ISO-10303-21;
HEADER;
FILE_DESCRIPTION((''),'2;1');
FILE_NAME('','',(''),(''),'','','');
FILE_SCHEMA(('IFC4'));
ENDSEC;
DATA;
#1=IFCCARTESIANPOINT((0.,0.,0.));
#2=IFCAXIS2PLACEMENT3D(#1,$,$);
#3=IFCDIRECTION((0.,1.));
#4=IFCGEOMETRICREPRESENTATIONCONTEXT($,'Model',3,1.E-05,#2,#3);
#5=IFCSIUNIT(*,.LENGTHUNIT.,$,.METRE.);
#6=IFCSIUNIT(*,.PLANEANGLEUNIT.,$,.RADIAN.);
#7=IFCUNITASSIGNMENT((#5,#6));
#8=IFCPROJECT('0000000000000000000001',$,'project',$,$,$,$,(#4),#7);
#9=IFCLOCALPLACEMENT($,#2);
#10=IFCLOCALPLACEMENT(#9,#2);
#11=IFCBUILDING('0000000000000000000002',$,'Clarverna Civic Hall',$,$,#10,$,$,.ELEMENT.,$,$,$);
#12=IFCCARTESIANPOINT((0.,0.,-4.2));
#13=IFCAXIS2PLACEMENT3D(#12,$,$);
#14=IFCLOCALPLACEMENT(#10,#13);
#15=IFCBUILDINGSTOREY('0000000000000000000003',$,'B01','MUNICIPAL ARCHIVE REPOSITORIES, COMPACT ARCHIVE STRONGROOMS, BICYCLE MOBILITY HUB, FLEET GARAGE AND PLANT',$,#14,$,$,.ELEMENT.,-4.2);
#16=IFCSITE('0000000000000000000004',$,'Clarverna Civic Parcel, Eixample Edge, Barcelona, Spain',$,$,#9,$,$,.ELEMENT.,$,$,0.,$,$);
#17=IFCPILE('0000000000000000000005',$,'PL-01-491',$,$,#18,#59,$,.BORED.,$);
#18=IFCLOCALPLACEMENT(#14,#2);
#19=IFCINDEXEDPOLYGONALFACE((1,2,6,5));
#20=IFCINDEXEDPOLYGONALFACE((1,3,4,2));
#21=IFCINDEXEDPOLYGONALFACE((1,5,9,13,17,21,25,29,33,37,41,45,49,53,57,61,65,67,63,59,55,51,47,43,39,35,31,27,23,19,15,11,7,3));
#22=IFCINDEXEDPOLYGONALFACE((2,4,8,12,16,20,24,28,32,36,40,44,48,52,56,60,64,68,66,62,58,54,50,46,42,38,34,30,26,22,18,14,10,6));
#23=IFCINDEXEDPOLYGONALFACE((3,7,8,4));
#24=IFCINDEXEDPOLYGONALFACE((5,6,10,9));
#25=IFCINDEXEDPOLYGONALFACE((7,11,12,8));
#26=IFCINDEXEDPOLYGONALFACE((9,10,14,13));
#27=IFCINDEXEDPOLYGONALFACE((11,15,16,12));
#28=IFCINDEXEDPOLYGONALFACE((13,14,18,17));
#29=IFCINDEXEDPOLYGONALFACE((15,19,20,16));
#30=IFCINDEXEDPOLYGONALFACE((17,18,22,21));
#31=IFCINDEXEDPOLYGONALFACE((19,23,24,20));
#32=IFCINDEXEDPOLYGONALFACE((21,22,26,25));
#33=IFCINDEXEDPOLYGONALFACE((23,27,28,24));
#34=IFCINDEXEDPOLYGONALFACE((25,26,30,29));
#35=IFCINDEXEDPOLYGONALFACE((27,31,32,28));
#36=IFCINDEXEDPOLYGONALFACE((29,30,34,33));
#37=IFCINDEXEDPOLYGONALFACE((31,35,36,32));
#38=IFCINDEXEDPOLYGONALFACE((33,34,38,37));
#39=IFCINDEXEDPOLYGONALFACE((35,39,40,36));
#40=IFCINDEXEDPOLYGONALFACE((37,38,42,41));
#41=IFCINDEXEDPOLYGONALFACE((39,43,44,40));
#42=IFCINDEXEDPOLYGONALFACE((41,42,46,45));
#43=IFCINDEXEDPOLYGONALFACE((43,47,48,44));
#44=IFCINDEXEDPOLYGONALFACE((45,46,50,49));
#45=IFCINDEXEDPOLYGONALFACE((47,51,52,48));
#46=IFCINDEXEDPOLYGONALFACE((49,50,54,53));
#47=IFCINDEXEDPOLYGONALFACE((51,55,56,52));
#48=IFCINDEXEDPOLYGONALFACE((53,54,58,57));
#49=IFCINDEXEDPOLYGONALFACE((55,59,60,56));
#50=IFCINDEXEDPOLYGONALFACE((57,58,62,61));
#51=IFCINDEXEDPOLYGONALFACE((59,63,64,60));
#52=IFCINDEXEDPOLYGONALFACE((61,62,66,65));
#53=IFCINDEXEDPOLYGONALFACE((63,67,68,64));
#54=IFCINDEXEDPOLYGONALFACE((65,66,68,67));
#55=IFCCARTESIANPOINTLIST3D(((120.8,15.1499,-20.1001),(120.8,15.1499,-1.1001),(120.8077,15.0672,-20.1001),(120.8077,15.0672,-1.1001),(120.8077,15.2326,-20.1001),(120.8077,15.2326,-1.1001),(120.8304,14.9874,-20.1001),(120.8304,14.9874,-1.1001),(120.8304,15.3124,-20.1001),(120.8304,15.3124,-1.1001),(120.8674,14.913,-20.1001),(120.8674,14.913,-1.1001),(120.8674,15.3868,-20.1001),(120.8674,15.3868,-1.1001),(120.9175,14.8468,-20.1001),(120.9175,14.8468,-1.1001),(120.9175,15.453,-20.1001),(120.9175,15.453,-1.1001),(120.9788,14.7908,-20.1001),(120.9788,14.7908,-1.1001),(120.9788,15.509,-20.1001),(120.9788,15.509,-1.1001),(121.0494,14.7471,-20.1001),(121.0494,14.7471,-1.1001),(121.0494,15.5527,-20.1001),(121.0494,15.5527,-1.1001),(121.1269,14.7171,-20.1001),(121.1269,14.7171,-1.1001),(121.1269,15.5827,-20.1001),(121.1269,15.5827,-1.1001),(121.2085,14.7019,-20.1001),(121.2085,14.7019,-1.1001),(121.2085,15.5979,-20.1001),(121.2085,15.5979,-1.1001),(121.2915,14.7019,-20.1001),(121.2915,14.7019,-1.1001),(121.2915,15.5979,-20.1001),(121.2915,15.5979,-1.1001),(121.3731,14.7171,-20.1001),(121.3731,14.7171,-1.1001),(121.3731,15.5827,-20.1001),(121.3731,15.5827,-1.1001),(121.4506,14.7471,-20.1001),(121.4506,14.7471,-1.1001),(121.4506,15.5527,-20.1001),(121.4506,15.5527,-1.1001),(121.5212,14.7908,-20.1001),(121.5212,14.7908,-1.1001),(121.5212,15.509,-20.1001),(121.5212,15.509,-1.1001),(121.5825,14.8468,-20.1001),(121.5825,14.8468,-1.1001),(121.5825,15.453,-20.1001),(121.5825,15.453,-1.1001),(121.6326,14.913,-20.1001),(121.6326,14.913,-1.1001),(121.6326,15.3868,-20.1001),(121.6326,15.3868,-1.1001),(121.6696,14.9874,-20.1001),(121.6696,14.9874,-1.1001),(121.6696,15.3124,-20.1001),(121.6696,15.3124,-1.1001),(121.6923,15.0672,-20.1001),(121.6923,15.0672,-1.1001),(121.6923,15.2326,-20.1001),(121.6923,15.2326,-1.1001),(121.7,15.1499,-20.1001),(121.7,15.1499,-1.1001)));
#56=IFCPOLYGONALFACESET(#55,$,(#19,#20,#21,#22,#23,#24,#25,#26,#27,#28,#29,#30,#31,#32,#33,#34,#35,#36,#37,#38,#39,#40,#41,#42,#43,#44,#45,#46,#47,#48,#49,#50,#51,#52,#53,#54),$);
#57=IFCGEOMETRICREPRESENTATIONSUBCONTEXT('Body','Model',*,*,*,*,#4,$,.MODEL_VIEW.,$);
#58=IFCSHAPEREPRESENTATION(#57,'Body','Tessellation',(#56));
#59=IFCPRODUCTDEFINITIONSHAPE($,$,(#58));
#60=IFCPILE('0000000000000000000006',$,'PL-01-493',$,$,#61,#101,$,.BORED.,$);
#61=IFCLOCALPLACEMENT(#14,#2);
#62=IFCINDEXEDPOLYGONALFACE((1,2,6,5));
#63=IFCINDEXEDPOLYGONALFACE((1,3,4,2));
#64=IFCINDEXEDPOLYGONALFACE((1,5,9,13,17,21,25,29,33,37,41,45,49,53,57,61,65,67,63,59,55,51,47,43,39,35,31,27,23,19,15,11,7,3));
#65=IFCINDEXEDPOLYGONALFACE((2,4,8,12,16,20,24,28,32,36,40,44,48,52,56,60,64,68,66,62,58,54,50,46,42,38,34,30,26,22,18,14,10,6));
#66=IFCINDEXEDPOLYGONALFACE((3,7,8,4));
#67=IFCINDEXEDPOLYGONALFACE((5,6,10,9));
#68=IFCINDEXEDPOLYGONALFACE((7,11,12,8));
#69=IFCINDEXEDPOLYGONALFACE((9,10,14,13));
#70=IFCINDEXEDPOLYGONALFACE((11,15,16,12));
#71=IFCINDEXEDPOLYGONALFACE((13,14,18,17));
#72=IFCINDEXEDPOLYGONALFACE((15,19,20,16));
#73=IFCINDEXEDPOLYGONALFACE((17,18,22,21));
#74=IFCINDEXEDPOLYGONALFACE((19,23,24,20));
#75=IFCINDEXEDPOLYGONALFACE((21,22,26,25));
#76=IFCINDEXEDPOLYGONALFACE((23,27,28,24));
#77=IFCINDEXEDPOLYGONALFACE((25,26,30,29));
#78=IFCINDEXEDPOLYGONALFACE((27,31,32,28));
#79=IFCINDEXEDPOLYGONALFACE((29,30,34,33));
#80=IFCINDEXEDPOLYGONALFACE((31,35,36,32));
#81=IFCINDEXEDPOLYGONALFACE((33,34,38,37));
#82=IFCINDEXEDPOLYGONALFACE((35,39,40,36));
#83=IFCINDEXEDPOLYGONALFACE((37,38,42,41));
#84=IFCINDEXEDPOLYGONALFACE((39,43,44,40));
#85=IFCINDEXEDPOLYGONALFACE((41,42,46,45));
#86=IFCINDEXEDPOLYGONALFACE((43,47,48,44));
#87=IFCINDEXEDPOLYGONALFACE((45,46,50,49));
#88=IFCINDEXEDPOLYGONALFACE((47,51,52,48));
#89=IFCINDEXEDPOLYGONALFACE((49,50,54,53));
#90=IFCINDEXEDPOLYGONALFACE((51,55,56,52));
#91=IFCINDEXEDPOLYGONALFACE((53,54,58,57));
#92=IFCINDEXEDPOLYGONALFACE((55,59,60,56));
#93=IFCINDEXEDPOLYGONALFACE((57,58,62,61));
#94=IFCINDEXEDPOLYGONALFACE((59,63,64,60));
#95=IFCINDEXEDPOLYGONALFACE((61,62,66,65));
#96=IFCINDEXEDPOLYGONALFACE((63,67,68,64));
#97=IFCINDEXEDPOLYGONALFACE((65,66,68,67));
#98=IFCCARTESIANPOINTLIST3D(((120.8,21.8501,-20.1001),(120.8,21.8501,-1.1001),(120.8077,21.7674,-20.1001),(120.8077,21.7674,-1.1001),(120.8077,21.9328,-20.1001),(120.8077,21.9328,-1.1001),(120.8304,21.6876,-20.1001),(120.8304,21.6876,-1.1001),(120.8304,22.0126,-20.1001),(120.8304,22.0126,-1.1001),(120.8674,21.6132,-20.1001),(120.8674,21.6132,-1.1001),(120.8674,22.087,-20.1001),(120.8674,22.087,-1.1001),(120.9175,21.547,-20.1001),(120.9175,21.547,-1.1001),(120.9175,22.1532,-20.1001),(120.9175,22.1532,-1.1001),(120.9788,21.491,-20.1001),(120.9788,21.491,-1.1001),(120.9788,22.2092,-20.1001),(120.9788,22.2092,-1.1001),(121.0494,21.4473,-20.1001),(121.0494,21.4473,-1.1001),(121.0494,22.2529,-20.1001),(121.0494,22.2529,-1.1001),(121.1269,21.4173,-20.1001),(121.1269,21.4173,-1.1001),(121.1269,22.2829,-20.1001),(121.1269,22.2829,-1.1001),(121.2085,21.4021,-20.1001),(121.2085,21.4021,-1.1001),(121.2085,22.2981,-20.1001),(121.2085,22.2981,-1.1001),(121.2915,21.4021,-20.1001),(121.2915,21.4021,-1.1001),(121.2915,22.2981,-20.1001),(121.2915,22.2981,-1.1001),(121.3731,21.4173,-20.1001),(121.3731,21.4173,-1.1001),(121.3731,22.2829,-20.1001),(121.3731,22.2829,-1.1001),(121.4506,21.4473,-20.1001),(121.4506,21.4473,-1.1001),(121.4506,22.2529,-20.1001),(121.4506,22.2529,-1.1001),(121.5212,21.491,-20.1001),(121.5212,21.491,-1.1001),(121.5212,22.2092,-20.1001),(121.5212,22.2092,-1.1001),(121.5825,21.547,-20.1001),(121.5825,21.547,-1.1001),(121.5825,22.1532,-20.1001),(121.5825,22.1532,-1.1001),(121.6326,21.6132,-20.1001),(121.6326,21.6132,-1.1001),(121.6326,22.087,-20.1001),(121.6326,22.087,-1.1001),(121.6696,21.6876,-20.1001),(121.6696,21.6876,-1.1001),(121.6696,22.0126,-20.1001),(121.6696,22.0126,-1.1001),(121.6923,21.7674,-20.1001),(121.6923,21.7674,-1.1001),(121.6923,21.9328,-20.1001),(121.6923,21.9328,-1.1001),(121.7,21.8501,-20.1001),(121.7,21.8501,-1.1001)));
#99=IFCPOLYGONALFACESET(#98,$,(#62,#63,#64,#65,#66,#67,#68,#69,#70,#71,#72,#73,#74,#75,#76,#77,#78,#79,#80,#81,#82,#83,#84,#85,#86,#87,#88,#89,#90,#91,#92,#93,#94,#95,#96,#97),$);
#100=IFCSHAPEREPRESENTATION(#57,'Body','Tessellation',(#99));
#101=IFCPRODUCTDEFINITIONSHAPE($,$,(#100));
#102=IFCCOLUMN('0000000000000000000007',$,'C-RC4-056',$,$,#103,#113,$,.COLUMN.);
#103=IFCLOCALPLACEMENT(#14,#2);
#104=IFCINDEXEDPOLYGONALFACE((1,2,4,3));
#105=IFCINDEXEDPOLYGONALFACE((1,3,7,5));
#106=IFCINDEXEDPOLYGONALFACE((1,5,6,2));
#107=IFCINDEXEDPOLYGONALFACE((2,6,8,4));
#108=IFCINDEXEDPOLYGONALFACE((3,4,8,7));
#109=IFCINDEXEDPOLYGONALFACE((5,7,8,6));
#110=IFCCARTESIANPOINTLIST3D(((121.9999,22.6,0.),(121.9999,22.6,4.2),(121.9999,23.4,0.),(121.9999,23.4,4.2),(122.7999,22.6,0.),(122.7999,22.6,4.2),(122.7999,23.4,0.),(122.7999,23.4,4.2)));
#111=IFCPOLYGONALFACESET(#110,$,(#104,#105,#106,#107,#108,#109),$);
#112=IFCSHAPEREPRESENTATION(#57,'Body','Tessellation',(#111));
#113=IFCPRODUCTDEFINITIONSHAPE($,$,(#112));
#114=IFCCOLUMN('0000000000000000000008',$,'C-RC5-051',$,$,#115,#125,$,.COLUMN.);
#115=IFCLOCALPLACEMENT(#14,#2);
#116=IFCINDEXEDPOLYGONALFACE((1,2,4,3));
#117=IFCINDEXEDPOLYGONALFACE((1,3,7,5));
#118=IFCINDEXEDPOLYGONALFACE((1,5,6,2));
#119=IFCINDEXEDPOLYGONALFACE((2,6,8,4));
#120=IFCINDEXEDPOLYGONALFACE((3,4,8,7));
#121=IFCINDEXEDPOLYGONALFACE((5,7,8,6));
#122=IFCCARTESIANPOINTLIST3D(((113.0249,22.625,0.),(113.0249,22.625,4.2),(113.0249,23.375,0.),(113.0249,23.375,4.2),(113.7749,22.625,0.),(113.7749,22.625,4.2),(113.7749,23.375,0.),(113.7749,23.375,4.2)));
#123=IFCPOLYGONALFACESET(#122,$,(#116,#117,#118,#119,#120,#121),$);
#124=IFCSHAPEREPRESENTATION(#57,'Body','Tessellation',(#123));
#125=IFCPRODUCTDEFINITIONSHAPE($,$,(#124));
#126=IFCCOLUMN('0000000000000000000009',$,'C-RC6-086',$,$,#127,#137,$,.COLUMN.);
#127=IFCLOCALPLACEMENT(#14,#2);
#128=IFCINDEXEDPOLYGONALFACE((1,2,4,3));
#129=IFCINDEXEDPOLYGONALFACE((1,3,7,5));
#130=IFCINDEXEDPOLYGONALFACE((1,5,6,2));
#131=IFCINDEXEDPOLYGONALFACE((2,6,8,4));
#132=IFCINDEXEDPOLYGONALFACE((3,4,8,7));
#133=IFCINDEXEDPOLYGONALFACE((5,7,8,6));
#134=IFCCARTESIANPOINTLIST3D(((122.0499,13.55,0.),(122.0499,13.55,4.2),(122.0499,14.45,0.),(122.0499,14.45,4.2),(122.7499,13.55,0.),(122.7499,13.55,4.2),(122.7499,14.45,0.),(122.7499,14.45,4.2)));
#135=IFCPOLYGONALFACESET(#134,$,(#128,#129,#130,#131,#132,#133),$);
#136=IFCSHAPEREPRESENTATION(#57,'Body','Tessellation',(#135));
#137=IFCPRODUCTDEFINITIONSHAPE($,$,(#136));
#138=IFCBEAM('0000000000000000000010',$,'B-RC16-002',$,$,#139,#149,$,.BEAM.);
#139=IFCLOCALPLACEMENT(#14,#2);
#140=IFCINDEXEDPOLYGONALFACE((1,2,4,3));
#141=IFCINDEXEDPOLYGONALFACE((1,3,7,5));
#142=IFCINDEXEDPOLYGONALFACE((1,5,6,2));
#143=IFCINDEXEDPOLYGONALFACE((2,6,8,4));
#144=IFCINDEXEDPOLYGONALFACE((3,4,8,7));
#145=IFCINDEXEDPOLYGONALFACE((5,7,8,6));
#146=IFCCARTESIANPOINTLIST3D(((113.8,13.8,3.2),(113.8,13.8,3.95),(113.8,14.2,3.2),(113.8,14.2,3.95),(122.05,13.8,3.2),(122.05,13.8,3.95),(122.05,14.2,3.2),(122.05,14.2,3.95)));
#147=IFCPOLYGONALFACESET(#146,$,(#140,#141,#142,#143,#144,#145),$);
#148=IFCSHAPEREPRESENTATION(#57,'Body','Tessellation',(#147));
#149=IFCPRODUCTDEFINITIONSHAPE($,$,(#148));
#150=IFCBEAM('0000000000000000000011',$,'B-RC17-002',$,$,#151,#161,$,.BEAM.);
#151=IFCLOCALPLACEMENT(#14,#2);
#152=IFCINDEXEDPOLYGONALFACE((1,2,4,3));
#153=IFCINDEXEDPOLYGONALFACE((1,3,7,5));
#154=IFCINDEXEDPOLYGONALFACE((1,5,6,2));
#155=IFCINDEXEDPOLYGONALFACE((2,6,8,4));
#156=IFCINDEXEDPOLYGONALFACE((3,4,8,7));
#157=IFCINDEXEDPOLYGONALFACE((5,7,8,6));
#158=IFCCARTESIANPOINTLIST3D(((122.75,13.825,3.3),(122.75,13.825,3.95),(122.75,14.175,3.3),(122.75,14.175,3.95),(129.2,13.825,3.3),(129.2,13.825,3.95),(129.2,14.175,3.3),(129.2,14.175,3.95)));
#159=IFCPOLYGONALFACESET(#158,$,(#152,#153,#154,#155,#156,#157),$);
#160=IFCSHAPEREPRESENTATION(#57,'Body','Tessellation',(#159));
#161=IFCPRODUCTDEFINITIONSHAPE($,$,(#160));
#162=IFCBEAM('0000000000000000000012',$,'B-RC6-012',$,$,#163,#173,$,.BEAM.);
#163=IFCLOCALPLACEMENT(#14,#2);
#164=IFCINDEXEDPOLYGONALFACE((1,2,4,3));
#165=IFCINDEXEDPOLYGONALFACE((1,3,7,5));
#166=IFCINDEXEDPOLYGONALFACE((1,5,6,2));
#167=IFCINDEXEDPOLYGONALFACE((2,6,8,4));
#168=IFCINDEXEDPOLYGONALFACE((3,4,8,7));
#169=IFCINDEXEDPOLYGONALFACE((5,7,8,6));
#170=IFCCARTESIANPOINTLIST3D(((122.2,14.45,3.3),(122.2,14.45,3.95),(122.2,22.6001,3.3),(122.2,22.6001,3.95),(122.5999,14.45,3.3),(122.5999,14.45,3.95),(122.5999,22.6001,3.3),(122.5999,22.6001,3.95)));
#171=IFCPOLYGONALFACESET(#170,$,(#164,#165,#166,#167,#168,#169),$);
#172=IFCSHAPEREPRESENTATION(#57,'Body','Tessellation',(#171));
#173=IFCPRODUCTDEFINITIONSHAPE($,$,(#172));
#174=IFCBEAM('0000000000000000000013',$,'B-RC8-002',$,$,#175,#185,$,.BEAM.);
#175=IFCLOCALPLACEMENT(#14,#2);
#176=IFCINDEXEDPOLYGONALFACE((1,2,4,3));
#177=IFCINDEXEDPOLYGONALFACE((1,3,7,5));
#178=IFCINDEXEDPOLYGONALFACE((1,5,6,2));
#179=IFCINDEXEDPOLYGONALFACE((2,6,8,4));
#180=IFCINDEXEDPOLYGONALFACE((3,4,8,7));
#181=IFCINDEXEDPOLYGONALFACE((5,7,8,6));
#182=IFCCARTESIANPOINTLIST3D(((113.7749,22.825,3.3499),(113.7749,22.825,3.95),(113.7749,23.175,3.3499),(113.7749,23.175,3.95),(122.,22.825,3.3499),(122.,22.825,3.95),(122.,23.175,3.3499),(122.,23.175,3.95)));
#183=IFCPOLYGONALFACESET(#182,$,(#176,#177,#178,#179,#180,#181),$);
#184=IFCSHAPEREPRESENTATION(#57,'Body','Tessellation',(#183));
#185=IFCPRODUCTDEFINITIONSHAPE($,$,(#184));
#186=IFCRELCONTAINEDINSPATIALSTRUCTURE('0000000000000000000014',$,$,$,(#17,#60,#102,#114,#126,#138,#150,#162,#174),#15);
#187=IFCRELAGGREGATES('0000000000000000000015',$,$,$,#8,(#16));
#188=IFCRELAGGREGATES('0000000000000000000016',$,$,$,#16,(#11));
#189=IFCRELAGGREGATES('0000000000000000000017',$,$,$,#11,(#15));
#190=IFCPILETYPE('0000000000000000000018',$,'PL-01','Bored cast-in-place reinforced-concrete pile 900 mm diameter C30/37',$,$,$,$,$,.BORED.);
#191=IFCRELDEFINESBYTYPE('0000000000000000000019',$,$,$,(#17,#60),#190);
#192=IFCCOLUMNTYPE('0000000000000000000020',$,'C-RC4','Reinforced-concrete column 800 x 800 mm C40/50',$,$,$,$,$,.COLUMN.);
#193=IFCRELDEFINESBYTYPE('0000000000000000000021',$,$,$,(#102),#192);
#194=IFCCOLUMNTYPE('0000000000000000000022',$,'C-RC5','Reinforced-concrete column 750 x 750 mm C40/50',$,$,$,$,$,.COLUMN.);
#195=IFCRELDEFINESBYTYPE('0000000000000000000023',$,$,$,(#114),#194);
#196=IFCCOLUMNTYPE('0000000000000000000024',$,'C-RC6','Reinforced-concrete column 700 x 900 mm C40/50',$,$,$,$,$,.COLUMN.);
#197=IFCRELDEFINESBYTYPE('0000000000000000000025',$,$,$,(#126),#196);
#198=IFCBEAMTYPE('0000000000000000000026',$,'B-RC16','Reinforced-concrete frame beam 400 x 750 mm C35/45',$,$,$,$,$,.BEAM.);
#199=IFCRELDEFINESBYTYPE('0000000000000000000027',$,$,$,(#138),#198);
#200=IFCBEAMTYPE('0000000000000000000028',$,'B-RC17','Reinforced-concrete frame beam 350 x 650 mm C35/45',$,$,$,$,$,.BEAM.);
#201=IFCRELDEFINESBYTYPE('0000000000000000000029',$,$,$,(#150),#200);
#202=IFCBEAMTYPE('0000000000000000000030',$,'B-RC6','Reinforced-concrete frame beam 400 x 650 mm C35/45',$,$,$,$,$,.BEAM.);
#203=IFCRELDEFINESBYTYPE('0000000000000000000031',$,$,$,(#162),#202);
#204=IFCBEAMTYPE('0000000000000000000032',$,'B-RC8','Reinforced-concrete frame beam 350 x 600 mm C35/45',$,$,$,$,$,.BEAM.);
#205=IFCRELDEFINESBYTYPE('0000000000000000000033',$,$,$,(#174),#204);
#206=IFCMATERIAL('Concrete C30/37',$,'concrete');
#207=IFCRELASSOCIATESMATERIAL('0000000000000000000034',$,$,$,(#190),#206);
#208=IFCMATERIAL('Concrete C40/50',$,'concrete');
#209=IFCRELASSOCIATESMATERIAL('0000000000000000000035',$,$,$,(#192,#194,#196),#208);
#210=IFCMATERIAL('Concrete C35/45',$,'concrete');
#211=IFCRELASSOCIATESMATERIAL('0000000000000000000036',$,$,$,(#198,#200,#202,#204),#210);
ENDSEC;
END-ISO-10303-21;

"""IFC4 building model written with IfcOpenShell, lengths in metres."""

from ifc_helpers import new_model, si_unit, direction, frame, origin, origin_2d, place, context, subcontext, project, spatial, rectangle, circle, extrude, material, material_profile, profile_set, type_object, element, save


model = new_model("IFC4")

# Units and contexts
model_context = context("Model", 3, precision=1e-05, world=origin(), true_north=direction((0.0, 1.0)))
body_context = subcontext(model_context, "Body", "Model", "MODEL_VIEW")
ifc_project = project(units=[si_unit("LENGTHUNIT", "METRE"), si_unit("PLANEANGLEUNIT", "RADIAN")], contexts=[model_context])

# Site, building, storey
site_placement = place(None, origin())
site = spatial("IfcSite", under=ifc_project, at=site_placement, Name="Clarverna Civic Parcel, Eixample Edge, Barcelona, Spain", CompositionType="ELEMENT", RefElevation=0.0)
building_placement = place(site_placement, origin())
building = spatial("IfcBuilding", under=site, at=building_placement, Name="Clarverna Civic Hall", CompositionType="ELEMENT")
storey_placement = place(building_placement, frame((0.0, 0.0, -4.2)))
storey = spatial("IfcBuildingStorey", under=building, at=storey_placement, Name="B01", Description="MUNICIPAL ARCHIVE REPOSITORIES, COMPACT ARCHIVE STRONGROOMS, BICYCLE MOBILITY HUB, FLEET GARAGE AND PLANT", CompositionType="ELEMENT", Elevation=-4.2)

# Shared definitions
ifc_material_1 = material(Name="Concrete C30/37", Category="concrete")

# Piles
ifc_material_profile_1 = material_profile(ifc_material_1, circle(Radius=0.45, at=origin_2d()), Name="BORED PILE D900")
ifc_profile_set_1 = profile_set([ifc_material_profile_1], Name="Concrete C30/37")
pile_type = type_object("IfcPileType", Name="PL-01", Description="Bored cast-in-place reinforced-concrete pile 900 mm diameter C30/37", PredefinedType="BORED", material=ifc_profile_set_1)
for number, where, z_axis, x_axis, name in (
    (1, (121.25, 15.1499, -1.1001), (0.0, 0.0, -1.0), (1.0, 0.0, 0.0), "PL-01-491"),
    (2, (121.25, 21.8501, -1.1001), (0.0, 0.0, -1.0), (1.0, 0.0, 0.0), "PL-01-493"),
):
    element("IfcPile", number, at=place(storey_placement, frame(where, z_axis=z_axis, x_axis=x_axis)), inside=storey, type_object=pile_type, Name=name, PredefinedType="BORED", context=body_context, shape_type="SweptSolid", body=[
        extrude(circle(Radius=0.45, at=origin_2d()), origin(), (0.0, 0.0, 1.0), 19.0),
    ])

# Columns
ifc_material_2 = material(Name="Concrete C40/50", Category="concrete")
ifc_material_profile_2 = material_profile(ifc_material_2, rectangle(XDim=0.8, YDim=0.8, at=origin_2d()), Name="RC 800x800")
ifc_profile_set_2 = profile_set([ifc_material_profile_2], Name="Concrete C40/50")
column_type_1 = type_object("IfcColumnType", Name="C-RC4", Description="Reinforced-concrete column 800 x 800 mm C40/50", PredefinedType="COLUMN", material=ifc_profile_set_2)
column_1_placement = place(storey_placement, frame((122.3999, 23.0, 0.0), z_axis=(0.0, 0.0, 1.0), x_axis=(1.0, 0.0, 0.0)))
element("IfcColumn", 3, at=column_1_placement, inside=storey, type_object=column_type_1, Name="C-RC4-056", PredefinedType="COLUMN", context=body_context, shape_type="SweptSolid", body=[
    extrude(rectangle(XDim=0.8, YDim=0.8, at=origin_2d()), origin(), (0.0, 0.0, 1.0), 4.2),
])
ifc_material_profile_3 = material_profile(ifc_material_2, rectangle(XDim=0.75, YDim=0.75, at=origin_2d()), Name="RC 750x750")
ifc_profile_set_3 = profile_set([ifc_material_profile_3], Name="Concrete C40/50")
column_type_2 = type_object("IfcColumnType", Name="C-RC5", Description="Reinforced-concrete column 750 x 750 mm C40/50", PredefinedType="COLUMN", material=ifc_profile_set_3)
column_2_placement = place(storey_placement, frame((113.3999, 23.0, 0.0), z_axis=(0.0, 0.0, 1.0), x_axis=(1.0, 0.0, 0.0)))
element("IfcColumn", 4, at=column_2_placement, inside=storey, type_object=column_type_2, Name="C-RC5-051", PredefinedType="COLUMN", context=body_context, shape_type="SweptSolid", body=[
    extrude(rectangle(XDim=0.75, YDim=0.75, at=origin_2d()), origin(), (0.0, 0.0, 1.0), 4.2),
])
ifc_material_profile_4 = material_profile(ifc_material_2, rectangle(XDim=0.7, YDim=0.8999, at=origin_2d()), Name="RC 700x900")
ifc_profile_set_4 = profile_set([ifc_material_profile_4], Name="Concrete C40/50")
column_type_3 = type_object("IfcColumnType", Name="C-RC6", Description="Reinforced-concrete column 700 x 900 mm C40/50", PredefinedType="COLUMN", material=ifc_profile_set_4)
column_3_placement = place(storey_placement, frame((122.3999, 14.0, 0.0), z_axis=(0.0, 0.0, 1.0), x_axis=(1.0, 0.0, 0.0)))
element("IfcColumn", 5, at=column_3_placement, inside=storey, type_object=column_type_3, Name="C-RC6-086", PredefinedType="COLUMN", context=body_context, shape_type="SweptSolid", body=[
    extrude(rectangle(XDim=0.7, YDim=0.8999, at=origin_2d()), origin(), (0.0, 0.0, 1.0), 4.2),
])

# Beams
ifc_material_3 = material(Name="Concrete C35/45", Category="concrete")
ifc_material_profile_5 = material_profile(ifc_material_3, rectangle(XDim=0.3999, YDim=0.75, at=origin_2d()), Name="RC 400x750")
ifc_profile_set_5 = profile_set([ifc_material_profile_5], Name="Concrete C35/45")
beam_type_1 = type_object("IfcBeamType", Name="B-RC16", Description="Reinforced-concrete frame beam 400 x 750 mm C35/45", PredefinedType="BEAM", material=ifc_profile_set_5)
beam_1_placement = place(storey_placement, frame((113.8, 14.0, 3.575), z_axis=(1.0, 0.0, 0.0), x_axis=(0.0, 1.0, 0.0)))
element("IfcBeam", 6, at=beam_1_placement, inside=storey, type_object=beam_type_1, Name="B-RC16-002", PredefinedType="BEAM", context=body_context, shape_type="SweptSolid", body=[
    extrude(rectangle(XDim=0.3999, YDim=0.75, at=origin_2d()), origin(), (0.0, 0.0, 1.0), 8.25),
])
ifc_material_profile_6 = material_profile(ifc_material_3, rectangle(XDim=0.3501, YDim=0.6499, at=origin_2d()), Name="RC 350x650")
ifc_profile_set_6 = profile_set([ifc_material_profile_6], Name="Concrete C35/45")
beam_type_2 = type_object("IfcBeamType", Name="B-RC17", Description="Reinforced-concrete frame beam 350 x 650 mm C35/45", PredefinedType="BEAM", material=ifc_profile_set_6)
beam_2_placement = place(storey_placement, frame((122.75, 14.0, 3.625), z_axis=(1.0, 0.0, 0.0), x_axis=(0.0, 1.0, 0.0)))
element("IfcBeam", 7, at=beam_2_placement, inside=storey, type_object=beam_type_2, Name="B-RC17-002", PredefinedType="BEAM", context=body_context, shape_type="SweptSolid", body=[
    extrude(rectangle(XDim=0.3501, YDim=0.6499, at=origin_2d()), origin(), (0.0, 0.0, 1.0), 6.45),
])
ifc_material_profile_7 = material_profile(ifc_material_3, rectangle(XDim=0.3999, YDim=0.6499, at=origin_2d()), Name="RC 400x650")
ifc_profile_set_7 = profile_set([ifc_material_profile_7], Name="Concrete C35/45")
beam_type_3 = type_object("IfcBeamType", Name="B-RC6", Description="Reinforced-concrete frame beam 400 x 650 mm C35/45", PredefinedType="BEAM", material=ifc_profile_set_7)
beam_3_placement = place(storey_placement, frame((122.3999, 14.45, 3.625), z_axis=(0.0, 1.0, 0.0), x_axis=(-1.0, 0.0, 0.0)))
element("IfcBeam", 8, at=beam_3_placement, inside=storey, type_object=beam_type_3, Name="B-RC6-012", PredefinedType="BEAM", context=body_context, shape_type="SweptSolid", body=[
    extrude(rectangle(XDim=0.3999, YDim=0.6499, at=origin_2d()), origin(), (0.0, 0.0, 1.0), 8.1501),
])
ifc_material_profile_8 = material_profile(ifc_material_3, rectangle(XDim=0.3501, YDim=0.6001, at=origin_2d()), Name="RC 350x600")
ifc_profile_set_8 = profile_set([ifc_material_profile_8], Name="Concrete C35/45")
beam_type_4 = type_object("IfcBeamType", Name="B-RC8", Description="Reinforced-concrete frame beam 350 x 600 mm C35/45", PredefinedType="BEAM", material=ifc_profile_set_8)
beam_4_placement = place(storey_placement, frame((113.7749, 23.0, 3.6499), z_axis=(1.0, 0.0, 0.0), x_axis=(0.0, 1.0, 0.0)))
element("IfcBeam", 9, at=beam_4_placement, inside=storey, type_object=beam_type_4, Name="B-RC8-002", PredefinedType="BEAM", context=body_context, shape_type="SweptSolid", body=[
    extrude(rectangle(XDim=0.3501, YDim=0.6001, at=origin_2d()), origin(), (0.0, 0.0, 1.0), 8.2251),
])

save(model, "model.ifc")
